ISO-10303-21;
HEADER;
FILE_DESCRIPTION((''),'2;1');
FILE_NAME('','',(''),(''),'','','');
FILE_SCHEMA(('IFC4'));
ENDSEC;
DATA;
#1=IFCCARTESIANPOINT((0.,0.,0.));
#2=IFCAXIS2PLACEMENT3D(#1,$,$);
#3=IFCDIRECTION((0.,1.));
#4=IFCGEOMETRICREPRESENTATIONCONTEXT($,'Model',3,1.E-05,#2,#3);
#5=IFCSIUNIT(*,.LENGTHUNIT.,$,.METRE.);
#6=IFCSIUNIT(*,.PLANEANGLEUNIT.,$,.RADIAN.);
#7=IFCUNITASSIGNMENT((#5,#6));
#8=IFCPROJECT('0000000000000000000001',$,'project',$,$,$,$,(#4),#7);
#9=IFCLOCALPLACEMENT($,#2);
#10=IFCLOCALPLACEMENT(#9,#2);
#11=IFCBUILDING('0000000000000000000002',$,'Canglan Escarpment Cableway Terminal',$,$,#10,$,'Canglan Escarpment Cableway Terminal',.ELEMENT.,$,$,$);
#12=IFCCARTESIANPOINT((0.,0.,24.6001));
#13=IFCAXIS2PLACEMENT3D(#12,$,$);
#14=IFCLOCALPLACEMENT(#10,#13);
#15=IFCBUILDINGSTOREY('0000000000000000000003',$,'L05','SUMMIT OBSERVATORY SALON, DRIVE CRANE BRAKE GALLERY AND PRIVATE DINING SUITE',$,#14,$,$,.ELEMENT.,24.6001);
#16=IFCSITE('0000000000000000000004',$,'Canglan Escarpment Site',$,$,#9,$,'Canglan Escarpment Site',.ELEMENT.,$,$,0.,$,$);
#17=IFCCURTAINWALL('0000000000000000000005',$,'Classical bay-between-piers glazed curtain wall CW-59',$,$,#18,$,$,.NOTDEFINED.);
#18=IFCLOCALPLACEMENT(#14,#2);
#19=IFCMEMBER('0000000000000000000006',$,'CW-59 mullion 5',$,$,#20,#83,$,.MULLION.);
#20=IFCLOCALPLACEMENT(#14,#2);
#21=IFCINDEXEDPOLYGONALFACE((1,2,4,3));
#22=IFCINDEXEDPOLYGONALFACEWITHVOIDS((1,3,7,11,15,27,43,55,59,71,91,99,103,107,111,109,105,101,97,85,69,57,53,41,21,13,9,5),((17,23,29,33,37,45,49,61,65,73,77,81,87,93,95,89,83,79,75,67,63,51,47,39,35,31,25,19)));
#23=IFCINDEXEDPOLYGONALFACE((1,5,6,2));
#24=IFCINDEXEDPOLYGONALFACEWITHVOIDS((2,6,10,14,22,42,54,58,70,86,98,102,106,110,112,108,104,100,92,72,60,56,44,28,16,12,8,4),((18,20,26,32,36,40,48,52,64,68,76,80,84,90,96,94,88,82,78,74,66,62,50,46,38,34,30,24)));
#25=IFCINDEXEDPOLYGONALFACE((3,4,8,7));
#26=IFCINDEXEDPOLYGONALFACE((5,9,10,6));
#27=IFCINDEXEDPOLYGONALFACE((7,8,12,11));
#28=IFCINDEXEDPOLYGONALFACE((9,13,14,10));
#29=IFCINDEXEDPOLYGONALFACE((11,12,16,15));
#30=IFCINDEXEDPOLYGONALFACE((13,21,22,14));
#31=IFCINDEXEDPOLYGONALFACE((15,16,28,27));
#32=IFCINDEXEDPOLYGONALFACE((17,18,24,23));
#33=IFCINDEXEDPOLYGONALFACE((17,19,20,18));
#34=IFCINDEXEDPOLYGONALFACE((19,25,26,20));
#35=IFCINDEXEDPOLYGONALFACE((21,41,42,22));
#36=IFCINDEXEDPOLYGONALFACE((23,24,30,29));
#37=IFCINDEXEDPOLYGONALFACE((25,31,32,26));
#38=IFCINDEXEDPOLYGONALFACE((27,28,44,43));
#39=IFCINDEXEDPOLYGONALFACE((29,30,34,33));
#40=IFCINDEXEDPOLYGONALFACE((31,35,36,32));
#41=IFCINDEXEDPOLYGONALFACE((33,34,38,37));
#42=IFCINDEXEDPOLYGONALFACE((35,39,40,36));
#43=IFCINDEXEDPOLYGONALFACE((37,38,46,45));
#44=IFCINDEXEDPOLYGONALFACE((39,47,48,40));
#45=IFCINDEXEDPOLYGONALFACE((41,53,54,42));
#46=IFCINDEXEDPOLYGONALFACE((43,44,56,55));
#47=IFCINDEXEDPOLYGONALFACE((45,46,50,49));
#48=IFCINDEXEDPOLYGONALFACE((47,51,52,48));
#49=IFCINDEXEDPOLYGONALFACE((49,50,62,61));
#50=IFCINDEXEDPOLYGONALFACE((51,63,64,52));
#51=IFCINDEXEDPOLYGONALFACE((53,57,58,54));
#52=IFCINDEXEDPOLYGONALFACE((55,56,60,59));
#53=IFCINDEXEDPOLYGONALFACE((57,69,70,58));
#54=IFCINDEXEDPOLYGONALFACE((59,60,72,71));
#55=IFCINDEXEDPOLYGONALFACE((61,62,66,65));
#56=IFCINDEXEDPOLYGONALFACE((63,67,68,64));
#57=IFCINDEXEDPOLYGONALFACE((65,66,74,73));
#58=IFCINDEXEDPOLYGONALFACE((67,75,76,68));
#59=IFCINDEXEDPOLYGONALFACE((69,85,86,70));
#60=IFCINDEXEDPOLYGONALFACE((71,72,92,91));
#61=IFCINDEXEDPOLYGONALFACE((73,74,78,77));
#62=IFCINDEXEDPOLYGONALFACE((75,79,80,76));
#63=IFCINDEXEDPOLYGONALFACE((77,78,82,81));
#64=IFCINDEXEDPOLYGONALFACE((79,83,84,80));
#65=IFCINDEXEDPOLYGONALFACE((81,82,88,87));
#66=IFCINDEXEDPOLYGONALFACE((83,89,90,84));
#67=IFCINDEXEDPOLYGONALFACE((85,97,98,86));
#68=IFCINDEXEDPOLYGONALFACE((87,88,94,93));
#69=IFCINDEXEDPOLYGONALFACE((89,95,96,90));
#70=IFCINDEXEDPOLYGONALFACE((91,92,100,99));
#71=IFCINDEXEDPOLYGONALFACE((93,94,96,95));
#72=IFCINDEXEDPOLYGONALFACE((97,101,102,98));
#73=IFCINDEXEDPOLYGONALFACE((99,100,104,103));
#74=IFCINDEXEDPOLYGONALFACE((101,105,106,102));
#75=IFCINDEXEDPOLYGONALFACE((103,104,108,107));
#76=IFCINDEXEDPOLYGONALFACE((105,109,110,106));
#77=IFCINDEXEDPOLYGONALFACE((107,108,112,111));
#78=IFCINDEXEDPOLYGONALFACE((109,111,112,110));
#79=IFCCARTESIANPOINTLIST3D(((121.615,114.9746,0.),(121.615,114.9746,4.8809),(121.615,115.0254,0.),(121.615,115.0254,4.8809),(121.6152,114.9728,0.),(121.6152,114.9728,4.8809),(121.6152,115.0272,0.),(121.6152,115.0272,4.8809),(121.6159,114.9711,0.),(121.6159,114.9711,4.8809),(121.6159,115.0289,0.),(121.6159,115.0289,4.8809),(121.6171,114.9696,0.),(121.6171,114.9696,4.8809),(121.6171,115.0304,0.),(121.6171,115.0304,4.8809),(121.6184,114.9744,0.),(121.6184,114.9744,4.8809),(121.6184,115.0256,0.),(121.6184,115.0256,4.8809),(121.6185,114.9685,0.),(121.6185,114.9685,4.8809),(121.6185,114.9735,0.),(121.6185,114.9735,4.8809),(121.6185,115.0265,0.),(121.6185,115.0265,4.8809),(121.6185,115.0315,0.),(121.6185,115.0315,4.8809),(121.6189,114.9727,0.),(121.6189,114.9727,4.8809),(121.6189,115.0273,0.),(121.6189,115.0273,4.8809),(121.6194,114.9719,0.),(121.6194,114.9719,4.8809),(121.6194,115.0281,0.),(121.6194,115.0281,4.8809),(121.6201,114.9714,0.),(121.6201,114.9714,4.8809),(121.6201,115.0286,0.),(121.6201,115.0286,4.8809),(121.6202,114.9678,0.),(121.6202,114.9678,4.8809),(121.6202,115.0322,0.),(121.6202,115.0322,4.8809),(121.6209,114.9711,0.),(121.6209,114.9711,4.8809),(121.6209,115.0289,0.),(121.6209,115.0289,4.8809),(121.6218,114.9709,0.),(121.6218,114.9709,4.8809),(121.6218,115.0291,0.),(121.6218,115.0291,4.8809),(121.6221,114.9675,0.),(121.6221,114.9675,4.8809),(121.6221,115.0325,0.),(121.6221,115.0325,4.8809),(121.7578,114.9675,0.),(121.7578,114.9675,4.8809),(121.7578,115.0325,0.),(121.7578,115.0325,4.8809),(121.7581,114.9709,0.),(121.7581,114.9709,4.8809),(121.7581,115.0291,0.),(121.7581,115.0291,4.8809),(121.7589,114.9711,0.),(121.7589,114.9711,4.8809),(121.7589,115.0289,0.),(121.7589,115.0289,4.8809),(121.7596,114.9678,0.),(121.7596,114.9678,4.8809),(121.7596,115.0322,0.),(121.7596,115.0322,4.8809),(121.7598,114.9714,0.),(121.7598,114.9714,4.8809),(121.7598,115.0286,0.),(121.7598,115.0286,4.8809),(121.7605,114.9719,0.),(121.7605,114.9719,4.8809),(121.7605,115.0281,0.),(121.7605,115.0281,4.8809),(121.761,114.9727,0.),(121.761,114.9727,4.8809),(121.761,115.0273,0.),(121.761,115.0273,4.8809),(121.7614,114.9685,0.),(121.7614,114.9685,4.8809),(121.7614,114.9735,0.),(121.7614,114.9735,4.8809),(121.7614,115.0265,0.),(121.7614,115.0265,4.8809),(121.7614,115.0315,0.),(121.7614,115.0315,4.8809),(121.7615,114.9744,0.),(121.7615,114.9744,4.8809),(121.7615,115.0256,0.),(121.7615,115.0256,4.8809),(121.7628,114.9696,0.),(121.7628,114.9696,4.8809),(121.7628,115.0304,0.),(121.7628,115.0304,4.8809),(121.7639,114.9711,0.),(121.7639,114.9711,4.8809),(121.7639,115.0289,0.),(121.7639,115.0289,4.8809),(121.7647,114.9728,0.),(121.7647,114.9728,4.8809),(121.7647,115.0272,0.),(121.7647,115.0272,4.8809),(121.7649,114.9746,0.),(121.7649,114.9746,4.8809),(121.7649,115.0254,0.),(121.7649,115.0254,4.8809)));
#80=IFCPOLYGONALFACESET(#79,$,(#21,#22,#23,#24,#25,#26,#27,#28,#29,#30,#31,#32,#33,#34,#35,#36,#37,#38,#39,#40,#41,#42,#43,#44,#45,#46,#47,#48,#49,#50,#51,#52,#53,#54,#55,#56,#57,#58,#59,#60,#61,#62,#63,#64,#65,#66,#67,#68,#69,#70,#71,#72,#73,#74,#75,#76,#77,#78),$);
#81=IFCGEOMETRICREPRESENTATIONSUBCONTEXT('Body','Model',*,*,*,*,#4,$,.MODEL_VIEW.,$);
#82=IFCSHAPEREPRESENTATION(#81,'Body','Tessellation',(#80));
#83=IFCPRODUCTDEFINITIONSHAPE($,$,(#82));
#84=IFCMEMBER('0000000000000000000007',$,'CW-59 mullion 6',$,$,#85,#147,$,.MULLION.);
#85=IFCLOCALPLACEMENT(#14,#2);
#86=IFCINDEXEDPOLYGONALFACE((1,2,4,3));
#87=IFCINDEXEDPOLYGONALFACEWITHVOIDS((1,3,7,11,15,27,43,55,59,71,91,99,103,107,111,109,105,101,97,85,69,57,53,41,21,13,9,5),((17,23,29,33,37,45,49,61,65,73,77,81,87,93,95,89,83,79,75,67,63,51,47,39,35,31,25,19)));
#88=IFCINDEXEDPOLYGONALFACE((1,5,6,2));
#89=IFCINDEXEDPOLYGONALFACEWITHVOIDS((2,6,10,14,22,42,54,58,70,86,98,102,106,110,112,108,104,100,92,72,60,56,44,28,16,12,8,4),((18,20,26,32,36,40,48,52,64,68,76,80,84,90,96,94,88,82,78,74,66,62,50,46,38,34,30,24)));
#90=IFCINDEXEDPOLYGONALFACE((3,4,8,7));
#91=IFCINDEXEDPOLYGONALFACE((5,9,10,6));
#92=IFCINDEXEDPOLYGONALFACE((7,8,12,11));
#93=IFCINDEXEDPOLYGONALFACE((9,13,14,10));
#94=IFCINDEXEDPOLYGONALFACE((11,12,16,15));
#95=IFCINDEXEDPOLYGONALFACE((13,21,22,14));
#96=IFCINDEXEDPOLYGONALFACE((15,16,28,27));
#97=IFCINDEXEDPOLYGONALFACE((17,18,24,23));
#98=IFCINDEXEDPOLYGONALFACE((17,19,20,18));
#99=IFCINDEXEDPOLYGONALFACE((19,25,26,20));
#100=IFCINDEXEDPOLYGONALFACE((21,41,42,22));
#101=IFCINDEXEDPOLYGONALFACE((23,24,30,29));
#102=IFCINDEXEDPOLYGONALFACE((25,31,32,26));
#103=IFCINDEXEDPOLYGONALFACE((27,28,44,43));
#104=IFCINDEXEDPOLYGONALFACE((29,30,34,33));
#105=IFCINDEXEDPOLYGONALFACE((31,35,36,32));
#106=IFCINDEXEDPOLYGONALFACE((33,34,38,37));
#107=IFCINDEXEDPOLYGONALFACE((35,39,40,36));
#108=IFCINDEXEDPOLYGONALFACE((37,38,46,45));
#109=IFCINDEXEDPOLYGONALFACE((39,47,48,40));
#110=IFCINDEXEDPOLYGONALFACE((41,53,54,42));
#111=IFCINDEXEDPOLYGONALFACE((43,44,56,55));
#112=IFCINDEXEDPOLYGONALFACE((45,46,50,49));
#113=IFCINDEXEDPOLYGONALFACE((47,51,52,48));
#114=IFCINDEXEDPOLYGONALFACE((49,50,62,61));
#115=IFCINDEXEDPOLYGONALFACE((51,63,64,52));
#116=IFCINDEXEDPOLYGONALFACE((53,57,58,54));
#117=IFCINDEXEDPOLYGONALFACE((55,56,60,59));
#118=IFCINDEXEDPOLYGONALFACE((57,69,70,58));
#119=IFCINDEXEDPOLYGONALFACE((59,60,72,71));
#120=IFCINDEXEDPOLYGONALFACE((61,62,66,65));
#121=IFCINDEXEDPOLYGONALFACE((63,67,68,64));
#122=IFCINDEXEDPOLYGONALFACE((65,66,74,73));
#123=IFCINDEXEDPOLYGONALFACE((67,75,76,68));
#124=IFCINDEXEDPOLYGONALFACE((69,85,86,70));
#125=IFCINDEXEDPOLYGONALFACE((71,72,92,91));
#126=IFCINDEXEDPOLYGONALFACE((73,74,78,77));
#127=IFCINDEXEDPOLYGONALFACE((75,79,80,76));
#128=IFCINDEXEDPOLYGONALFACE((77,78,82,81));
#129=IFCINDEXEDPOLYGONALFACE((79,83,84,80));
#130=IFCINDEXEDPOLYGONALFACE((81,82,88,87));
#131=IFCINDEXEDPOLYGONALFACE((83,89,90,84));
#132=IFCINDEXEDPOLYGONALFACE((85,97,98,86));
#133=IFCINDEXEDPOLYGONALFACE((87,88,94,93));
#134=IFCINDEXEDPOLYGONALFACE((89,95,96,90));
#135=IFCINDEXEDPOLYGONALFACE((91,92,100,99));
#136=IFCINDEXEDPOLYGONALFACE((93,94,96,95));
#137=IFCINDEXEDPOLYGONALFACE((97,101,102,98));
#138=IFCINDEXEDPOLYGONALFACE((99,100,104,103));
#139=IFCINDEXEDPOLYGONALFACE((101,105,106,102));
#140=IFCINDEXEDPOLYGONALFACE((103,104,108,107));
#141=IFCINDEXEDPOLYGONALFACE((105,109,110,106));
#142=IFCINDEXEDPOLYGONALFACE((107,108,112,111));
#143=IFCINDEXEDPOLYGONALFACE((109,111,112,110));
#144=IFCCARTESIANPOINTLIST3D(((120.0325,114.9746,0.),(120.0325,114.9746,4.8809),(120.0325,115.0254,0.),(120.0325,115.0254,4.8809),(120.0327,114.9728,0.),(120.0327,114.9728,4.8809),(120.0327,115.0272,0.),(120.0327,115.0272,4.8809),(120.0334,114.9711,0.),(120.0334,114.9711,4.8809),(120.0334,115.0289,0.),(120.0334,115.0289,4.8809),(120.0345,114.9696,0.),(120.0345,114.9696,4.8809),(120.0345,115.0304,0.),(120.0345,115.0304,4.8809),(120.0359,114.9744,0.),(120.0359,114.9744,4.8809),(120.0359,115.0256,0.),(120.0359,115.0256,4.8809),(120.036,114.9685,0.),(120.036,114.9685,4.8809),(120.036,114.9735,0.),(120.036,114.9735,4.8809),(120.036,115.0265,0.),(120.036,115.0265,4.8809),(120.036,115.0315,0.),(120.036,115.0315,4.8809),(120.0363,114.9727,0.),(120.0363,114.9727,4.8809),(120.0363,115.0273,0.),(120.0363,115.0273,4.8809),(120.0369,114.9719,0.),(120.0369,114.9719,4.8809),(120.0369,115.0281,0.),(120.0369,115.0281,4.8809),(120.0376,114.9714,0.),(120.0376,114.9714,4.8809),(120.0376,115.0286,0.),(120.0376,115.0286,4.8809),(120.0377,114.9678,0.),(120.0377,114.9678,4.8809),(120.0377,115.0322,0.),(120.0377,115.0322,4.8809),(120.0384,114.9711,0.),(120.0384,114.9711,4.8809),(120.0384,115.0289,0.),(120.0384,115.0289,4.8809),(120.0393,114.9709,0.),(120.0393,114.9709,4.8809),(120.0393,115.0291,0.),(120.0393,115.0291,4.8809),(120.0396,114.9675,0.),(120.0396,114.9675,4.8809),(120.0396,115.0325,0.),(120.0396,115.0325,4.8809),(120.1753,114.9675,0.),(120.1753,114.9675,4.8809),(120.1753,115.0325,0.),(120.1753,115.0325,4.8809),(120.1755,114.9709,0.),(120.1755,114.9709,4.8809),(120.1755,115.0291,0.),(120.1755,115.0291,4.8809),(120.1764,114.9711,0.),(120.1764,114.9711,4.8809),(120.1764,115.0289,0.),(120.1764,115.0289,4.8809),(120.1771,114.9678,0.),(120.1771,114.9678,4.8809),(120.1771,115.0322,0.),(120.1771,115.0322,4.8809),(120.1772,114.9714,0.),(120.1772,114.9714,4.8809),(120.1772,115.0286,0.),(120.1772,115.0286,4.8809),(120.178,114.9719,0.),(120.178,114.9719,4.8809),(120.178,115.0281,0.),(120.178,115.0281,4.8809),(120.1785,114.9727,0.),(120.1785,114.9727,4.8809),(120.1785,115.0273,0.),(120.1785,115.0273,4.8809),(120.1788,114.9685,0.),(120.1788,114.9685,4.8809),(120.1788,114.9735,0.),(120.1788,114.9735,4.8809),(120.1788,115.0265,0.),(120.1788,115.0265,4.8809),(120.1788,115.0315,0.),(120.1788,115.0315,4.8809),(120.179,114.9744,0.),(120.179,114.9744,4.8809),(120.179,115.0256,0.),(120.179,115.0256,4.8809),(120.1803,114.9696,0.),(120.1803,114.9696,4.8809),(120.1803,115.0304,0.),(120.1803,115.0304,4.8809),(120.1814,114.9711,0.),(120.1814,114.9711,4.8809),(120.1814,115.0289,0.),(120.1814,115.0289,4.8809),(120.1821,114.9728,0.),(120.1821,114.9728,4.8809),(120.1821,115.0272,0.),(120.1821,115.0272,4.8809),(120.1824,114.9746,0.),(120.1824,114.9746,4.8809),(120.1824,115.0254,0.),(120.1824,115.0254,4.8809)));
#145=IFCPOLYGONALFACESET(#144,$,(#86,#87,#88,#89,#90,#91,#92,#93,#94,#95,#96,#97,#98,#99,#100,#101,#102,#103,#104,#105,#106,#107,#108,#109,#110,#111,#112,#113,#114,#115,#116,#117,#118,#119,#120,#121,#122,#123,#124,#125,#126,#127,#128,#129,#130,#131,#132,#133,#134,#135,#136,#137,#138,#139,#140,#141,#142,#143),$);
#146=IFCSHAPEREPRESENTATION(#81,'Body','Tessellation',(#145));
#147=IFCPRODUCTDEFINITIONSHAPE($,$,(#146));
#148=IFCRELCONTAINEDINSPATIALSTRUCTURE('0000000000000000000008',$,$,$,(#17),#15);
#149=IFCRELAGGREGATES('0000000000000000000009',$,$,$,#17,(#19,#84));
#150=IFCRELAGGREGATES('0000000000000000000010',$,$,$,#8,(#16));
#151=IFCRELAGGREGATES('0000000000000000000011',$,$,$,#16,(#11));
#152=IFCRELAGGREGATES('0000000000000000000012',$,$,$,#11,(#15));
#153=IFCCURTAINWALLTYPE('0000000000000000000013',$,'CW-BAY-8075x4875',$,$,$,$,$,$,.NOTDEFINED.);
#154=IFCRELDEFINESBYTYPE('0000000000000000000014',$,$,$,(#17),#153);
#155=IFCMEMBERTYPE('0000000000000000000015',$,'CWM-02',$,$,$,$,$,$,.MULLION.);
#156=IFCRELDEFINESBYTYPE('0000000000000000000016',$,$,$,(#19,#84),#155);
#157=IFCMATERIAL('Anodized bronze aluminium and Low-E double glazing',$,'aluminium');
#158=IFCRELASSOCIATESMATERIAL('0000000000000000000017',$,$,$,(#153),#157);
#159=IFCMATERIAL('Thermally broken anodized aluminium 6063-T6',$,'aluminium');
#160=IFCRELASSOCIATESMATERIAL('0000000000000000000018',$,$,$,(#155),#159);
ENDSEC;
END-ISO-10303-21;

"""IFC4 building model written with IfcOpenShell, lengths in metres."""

from ifc_helpers import new_model, si_unit, direction, frame, origin, origin_2d, place, context, subcontext, project, spatial, hollow_rectangle, extrude, material, material_profile, profile_set, type_object, element, aggregate, save


model = new_model("IFC4")

# Units and contexts
model_context = context("Model", 3, precision=1e-05, world=origin(), true_north=direction((0.0, 1.0)))
body_context = subcontext(model_context, "Body", "Model", "MODEL_VIEW")
ifc_project = project(units=[si_unit("LENGTHUNIT", "METRE"), si_unit("PLANEANGLEUNIT", "RADIAN")], contexts=[model_context])

# Site, building, storey
site_placement = place(None, origin())
site = spatial("IfcSite", under=ifc_project, at=site_placement, Name="Canglan Escarpment Site", LongName="Canglan Escarpment Site", CompositionType="ELEMENT", RefElevation=0.0)
building_placement = place(site_placement, origin())
building = spatial("IfcBuilding", under=site, at=building_placement, Name="Canglan Escarpment Cableway Terminal", LongName="Canglan Escarpment Cableway Terminal", CompositionType="ELEMENT")
storey_placement = place(building_placement, frame((0.0, 0.0, 24.6001)))
storey = spatial("IfcBuildingStorey", under=building, at=storey_placement, Name="L05", Description="SUMMIT OBSERVATORY SALON, DRIVE CRANE BRAKE GALLERY AND PRIVATE DINING SUITE", CompositionType="ELEMENT", Elevation=24.6001)

# Curtain wall, members
ifc_material_1 = material(Name="Anodized bronze aluminium and Low-E double glazing", Category="aluminium")
ifc_material_2 = material(Name="Thermally broken anodized aluminium 6063-T6", Category="aluminium")
curtain_wall_type_1 = type_object("IfcCurtainWallType", Name="CW-BAY-8075x4875", PredefinedType="NOTDEFINED", material=ifc_material_1)
curtain_wall_1_placement = place(storey_placement, origin())
curtain_wall_1 = element("IfcCurtainWall", 1, at=curtain_wall_1_placement, inside=storey, type_object=curtain_wall_type_1, Name="Classical bay-between-piers glazed curtain wall CW-59", PredefinedType="NOTDEFINED")
ifc_material_profile_1 = material_profile(ifc_material_2, hollow_rectangle(XDim=0.0649, YDim=0.1499, WallThickness=0.0034, InnerFilletRadius=0.0034, OuterFilletRadius=0.0071, at=origin_2d()), Name="ALU-MULL 65x150x3.5")
ifc_profile_set_1 = profile_set([ifc_material_profile_1], Name="Thermally broken anodized aluminium 6063-T6")
member_type_1 = type_object("IfcMemberType", Name="CWM-02", PredefinedType="MULLION", material=ifc_profile_set_1)
member_1_placement = place(storey_placement, frame((121.6899, 115.0, 0.0), z_axis=(0.0, 0.0, 1.0), x_axis=(0.0, -1.0, 0.0)))
member_1 = element("IfcMember", 2, at=member_1_placement, type_object=member_type_1, Name="CW-59 mullion 5", PredefinedType="MULLION", context=body_context, shape_type="SweptSolid", body=[
    extrude(hollow_rectangle(XDim=0.0649, YDim=0.1499, WallThickness=0.0034, InnerFilletRadius=0.0034, OuterFilletRadius=0.0071, at=origin_2d()), origin(), (0.0, 0.0, 1.0), 4.8809),
])
member_2_placement = place(storey_placement, frame((120.1074, 115.0, 0.0), z_axis=(0.0, 0.0, 1.0), x_axis=(0.0, -1.0, 0.0)))
member_2 = element("IfcMember", 3, at=member_2_placement, type_object=member_type_1, Name="CW-59 mullion 6", PredefinedType="MULLION", context=body_context, shape_type="SweptSolid", body=[
    extrude(hollow_rectangle(XDim=0.0649, YDim=0.1499, WallThickness=0.0034, InnerFilletRadius=0.0034, OuterFilletRadius=0.0071, at=origin_2d()), origin(), (0.0, 0.0, 1.0), 4.8809),
])

aggregate(curtain_wall_1, [member_1, member_2])

save(model, "model.ifc")
